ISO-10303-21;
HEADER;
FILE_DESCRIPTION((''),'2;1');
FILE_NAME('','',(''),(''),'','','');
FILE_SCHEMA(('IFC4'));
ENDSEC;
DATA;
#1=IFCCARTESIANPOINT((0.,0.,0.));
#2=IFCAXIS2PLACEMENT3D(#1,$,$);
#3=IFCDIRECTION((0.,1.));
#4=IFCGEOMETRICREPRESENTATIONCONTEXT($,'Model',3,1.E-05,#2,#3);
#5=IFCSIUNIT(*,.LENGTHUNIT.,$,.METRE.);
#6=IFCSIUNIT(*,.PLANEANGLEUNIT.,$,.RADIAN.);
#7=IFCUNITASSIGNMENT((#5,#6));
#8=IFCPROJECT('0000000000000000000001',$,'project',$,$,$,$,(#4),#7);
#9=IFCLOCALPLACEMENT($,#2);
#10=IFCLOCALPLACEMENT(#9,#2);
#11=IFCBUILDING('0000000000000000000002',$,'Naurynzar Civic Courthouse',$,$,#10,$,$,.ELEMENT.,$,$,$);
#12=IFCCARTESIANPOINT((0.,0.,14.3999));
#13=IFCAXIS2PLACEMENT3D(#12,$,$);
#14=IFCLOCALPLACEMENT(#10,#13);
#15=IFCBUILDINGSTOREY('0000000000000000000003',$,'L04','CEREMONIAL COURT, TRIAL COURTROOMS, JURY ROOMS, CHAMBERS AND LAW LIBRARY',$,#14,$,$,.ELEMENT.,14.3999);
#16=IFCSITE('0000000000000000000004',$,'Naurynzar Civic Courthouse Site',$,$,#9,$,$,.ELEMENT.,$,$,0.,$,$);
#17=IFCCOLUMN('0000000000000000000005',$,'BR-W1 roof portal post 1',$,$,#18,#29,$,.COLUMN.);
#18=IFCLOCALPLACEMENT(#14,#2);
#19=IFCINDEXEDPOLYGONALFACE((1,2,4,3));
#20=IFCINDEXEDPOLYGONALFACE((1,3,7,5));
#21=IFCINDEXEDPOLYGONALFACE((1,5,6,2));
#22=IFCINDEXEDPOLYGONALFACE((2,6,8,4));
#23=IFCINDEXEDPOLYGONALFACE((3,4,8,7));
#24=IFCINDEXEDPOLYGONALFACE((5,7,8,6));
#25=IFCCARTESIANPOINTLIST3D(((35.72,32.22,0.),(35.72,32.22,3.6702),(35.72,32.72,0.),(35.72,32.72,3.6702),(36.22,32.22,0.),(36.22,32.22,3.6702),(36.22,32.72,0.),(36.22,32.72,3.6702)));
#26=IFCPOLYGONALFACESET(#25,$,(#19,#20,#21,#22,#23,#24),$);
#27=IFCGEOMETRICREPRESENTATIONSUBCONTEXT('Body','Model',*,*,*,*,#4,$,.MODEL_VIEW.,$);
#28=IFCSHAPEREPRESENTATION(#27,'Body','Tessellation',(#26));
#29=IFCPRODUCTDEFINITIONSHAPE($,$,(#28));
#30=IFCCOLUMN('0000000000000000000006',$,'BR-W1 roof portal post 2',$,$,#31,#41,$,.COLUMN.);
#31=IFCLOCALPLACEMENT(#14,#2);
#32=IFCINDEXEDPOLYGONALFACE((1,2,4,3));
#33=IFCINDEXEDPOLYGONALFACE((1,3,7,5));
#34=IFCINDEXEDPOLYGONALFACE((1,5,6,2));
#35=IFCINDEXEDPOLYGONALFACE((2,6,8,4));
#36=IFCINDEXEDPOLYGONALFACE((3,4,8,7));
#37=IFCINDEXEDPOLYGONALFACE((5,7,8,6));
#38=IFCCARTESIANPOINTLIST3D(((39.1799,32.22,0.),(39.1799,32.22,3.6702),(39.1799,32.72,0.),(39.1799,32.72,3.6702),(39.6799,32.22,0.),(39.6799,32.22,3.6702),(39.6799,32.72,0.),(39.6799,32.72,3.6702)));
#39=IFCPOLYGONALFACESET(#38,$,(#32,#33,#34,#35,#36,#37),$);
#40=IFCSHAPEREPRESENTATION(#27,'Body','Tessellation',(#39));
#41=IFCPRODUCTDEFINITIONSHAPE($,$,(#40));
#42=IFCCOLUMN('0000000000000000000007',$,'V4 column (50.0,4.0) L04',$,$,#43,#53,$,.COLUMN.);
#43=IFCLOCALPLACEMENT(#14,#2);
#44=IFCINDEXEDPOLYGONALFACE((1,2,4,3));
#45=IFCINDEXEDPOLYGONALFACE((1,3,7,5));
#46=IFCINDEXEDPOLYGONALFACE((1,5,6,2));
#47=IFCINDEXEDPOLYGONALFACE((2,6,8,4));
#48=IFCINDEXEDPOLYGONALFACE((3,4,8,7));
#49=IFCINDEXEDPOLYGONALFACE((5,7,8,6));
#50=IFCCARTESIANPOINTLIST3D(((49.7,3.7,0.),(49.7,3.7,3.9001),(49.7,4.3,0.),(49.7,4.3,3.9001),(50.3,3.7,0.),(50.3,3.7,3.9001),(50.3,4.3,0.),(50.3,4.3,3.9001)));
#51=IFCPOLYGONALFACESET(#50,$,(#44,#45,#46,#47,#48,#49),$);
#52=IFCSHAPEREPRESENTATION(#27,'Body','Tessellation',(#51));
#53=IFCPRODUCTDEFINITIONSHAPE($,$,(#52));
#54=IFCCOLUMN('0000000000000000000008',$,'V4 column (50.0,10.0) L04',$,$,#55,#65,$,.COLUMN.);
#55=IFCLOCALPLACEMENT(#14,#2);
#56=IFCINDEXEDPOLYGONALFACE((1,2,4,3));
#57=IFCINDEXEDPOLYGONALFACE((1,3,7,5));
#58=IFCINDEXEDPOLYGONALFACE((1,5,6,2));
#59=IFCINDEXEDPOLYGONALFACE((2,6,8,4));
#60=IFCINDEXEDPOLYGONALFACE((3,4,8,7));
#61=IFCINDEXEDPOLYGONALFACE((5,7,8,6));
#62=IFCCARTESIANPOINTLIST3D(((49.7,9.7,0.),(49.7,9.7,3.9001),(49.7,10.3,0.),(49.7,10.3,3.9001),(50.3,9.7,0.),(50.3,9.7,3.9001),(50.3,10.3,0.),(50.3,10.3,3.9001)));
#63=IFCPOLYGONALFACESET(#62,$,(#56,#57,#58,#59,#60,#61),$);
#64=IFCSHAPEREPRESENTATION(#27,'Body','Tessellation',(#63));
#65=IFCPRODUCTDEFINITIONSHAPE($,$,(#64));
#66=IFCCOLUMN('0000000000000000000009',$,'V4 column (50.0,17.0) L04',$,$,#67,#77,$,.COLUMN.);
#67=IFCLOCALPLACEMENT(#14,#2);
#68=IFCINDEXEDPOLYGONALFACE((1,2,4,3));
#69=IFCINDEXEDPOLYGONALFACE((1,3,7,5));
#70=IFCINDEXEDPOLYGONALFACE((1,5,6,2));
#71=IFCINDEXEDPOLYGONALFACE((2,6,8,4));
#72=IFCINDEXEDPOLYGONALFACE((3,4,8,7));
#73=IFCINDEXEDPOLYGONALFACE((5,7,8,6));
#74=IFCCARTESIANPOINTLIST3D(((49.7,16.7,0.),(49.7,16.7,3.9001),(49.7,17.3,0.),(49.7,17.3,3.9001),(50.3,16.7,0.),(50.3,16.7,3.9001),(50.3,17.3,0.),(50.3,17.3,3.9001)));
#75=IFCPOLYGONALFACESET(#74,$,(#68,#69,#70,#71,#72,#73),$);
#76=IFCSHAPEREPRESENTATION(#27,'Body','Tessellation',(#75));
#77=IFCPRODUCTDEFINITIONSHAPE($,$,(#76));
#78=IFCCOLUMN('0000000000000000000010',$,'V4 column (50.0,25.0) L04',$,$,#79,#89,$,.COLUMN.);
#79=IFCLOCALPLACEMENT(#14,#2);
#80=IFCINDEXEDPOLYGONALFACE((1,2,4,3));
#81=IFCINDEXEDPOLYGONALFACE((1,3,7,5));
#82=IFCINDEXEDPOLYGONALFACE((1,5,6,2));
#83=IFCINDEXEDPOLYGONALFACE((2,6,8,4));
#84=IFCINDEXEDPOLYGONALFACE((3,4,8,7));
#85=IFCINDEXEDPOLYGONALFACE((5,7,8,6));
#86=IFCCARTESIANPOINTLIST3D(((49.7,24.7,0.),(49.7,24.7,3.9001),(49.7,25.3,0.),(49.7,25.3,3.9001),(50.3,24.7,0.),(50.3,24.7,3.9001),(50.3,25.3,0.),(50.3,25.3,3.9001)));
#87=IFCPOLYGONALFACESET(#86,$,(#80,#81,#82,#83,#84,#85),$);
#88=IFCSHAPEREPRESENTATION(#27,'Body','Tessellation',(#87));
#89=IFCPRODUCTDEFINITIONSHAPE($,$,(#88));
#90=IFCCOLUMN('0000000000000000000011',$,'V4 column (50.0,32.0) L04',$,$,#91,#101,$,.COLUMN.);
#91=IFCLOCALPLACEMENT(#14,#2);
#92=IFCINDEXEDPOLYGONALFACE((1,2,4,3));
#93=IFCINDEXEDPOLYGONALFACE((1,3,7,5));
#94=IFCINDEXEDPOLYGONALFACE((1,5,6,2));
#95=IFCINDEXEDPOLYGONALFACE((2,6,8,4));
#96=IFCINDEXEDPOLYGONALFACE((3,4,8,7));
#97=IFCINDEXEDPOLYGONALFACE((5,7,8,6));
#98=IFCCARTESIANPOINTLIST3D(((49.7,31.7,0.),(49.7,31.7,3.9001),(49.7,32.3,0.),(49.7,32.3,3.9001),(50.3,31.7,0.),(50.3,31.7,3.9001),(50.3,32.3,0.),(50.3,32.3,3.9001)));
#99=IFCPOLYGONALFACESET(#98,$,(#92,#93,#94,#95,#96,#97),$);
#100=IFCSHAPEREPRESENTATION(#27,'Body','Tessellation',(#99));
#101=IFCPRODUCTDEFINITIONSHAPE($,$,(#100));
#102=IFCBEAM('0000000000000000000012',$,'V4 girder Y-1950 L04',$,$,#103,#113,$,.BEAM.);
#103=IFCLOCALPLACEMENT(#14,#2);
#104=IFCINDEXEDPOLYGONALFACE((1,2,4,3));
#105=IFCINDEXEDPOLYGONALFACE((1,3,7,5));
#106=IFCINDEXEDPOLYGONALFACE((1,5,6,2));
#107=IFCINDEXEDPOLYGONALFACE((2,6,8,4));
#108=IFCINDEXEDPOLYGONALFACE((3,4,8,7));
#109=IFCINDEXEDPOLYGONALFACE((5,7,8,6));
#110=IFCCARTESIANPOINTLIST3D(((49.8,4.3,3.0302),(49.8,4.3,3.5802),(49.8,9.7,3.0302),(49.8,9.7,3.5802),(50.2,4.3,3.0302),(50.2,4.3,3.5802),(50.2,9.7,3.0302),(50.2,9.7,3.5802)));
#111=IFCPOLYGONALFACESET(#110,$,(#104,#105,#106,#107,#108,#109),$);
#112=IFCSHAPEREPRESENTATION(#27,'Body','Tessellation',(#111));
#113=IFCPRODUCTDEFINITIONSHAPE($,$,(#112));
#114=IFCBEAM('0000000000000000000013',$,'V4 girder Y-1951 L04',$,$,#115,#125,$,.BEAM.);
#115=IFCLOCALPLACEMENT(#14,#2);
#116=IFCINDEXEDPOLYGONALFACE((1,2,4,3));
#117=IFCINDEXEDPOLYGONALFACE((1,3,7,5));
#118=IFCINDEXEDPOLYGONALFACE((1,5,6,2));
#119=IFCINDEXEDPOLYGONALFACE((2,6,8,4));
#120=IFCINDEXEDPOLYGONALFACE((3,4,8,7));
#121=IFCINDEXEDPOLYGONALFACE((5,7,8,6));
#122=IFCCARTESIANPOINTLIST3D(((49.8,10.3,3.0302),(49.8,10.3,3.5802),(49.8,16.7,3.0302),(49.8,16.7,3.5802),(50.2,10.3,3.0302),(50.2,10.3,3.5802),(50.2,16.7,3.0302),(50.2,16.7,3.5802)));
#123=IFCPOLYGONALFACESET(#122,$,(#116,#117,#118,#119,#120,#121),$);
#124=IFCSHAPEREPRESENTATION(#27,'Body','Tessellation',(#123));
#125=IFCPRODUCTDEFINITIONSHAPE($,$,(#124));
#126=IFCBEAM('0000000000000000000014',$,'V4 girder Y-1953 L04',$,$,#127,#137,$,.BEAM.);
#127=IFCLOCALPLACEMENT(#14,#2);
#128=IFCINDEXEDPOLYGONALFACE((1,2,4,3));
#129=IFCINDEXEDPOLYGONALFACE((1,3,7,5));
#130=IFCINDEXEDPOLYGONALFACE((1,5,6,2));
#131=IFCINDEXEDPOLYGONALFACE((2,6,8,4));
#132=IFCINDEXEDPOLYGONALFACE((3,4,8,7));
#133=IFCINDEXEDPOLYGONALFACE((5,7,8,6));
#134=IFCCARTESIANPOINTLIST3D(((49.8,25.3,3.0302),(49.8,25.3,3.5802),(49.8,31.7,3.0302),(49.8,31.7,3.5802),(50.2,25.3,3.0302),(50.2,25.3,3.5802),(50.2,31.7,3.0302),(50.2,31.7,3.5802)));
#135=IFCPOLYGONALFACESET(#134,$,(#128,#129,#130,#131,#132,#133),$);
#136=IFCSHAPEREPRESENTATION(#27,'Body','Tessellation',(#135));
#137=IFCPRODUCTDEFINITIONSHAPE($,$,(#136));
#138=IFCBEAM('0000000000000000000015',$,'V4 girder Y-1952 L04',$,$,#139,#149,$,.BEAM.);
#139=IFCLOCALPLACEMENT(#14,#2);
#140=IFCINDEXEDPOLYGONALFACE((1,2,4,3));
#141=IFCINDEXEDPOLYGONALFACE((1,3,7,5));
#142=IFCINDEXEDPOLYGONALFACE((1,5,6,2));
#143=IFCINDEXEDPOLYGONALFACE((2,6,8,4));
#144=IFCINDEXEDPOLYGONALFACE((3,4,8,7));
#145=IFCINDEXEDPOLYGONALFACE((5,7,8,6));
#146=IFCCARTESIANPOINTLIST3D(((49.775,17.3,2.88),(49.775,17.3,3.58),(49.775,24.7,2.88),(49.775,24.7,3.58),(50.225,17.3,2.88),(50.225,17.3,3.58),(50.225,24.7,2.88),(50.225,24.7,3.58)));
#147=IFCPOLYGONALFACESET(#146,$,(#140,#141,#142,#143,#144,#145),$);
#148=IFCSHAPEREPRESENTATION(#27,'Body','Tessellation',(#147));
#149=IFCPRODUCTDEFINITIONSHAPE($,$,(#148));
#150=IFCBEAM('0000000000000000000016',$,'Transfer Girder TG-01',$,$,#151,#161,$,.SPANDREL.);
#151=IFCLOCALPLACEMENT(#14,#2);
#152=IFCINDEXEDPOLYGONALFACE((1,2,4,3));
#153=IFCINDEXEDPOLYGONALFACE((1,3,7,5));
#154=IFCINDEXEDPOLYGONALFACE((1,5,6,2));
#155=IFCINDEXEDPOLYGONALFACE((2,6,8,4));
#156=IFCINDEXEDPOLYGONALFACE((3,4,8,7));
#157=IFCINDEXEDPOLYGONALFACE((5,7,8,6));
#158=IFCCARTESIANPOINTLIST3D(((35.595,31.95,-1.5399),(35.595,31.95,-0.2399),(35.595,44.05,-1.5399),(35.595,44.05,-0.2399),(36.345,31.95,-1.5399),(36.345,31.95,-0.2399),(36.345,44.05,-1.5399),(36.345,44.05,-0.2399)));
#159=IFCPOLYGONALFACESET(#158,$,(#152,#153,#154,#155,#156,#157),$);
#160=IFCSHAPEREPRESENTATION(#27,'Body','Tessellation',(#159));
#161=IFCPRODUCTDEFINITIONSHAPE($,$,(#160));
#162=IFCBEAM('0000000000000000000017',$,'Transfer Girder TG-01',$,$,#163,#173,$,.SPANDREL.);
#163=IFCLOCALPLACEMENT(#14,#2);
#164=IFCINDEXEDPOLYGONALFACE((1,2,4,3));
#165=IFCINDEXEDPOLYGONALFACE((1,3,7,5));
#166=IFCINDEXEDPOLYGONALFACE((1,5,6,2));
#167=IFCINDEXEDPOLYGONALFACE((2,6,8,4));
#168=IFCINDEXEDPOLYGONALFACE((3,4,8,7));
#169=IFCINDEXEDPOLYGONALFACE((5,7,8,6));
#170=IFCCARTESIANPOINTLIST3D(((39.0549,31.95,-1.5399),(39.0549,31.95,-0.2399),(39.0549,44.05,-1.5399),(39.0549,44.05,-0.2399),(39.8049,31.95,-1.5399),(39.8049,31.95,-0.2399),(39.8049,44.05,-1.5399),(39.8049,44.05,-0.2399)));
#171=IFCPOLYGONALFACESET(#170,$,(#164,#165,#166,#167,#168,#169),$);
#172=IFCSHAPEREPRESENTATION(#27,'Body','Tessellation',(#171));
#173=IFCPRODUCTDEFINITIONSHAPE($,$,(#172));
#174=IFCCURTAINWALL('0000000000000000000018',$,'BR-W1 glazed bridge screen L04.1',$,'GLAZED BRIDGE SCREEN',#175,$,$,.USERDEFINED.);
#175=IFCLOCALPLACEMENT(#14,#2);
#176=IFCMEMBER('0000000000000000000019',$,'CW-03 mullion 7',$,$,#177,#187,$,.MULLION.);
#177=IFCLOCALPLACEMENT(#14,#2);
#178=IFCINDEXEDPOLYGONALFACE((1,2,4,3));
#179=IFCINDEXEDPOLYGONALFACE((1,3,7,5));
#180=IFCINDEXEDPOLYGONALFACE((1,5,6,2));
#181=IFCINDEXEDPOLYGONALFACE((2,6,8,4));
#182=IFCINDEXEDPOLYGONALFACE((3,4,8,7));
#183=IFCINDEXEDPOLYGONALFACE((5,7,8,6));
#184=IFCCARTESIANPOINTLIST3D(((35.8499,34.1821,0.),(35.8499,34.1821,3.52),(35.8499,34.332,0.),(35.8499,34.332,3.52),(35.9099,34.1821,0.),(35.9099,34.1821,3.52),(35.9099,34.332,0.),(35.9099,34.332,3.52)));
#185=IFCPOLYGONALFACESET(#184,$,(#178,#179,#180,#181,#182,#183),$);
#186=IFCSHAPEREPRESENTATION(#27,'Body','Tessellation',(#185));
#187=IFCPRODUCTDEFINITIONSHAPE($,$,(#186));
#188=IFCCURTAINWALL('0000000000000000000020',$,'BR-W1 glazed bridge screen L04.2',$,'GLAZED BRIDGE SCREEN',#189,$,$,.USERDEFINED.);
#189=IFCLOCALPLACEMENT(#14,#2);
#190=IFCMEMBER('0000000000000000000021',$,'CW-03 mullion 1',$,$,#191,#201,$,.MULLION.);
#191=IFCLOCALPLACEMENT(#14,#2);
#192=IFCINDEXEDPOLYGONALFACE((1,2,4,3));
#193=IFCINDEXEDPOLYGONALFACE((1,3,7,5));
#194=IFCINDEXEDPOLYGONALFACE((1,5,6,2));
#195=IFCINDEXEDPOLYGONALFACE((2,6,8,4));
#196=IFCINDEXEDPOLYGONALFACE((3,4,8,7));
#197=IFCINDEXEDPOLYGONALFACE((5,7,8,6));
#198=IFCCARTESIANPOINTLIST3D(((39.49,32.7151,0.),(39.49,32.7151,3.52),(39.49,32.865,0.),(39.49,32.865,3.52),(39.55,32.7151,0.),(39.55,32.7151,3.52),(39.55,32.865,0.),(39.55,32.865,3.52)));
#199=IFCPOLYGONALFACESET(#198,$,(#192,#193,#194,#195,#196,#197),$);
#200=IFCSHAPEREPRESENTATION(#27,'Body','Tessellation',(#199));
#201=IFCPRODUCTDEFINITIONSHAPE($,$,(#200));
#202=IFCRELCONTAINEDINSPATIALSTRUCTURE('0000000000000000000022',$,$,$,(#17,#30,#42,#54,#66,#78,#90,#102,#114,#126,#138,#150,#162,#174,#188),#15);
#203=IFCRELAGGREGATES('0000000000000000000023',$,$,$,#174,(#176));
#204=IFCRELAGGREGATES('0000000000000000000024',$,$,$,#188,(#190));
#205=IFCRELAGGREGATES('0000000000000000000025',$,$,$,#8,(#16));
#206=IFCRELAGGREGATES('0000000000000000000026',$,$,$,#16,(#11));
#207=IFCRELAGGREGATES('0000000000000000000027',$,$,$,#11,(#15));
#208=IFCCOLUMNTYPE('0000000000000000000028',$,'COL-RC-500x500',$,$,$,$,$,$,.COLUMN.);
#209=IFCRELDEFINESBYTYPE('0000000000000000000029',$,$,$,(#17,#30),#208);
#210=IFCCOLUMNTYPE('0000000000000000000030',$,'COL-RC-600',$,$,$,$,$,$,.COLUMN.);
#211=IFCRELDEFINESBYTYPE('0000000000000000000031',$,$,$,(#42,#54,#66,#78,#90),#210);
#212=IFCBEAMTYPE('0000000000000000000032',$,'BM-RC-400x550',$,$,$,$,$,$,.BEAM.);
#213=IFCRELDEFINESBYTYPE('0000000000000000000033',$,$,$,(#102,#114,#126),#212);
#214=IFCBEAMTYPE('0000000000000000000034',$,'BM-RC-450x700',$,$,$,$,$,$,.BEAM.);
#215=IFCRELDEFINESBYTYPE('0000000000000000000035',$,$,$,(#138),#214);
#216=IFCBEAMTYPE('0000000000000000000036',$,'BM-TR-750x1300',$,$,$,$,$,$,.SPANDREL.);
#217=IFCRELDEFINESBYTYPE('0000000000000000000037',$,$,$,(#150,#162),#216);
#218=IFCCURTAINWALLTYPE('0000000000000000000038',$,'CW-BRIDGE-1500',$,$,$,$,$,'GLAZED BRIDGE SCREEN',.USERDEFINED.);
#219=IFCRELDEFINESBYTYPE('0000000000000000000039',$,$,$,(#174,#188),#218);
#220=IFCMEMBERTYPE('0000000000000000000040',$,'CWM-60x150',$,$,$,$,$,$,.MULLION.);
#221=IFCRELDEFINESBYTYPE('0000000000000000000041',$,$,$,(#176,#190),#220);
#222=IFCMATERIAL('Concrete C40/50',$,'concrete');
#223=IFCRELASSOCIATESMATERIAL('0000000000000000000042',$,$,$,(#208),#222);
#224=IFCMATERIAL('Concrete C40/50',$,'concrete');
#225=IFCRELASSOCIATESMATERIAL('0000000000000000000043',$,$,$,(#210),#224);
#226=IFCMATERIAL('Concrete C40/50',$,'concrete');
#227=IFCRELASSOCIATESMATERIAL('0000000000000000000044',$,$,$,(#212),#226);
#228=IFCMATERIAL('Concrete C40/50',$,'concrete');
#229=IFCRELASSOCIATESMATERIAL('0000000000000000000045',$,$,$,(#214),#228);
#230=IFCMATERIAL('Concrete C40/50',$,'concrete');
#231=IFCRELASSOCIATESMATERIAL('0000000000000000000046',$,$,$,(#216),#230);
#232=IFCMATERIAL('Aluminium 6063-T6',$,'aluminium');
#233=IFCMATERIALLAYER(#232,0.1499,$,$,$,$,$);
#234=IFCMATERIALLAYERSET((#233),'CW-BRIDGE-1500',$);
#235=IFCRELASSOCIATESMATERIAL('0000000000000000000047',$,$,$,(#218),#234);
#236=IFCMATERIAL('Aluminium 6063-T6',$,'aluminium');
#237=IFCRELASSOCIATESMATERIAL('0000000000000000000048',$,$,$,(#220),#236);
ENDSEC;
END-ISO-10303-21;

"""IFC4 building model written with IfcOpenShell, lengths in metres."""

from ifc_helpers import new_model, si_unit, direction, frame, origin, origin_2d, place, context, subcontext, project, spatial, rectangle, extrude, material, layer, layer_set, material_profile, profile_set, type_object, element, aggregate, save


model = new_model("IFC4")

# Units and contexts
model_context = context("Model", 3, precision=1e-05, world=origin(), true_north=direction((0.0, 1.0)))
body_context = subcontext(model_context, "Body", "Model", "MODEL_VIEW")
ifc_project = project(units=[si_unit("LENGTHUNIT", "METRE"), si_unit("PLANEANGLEUNIT", "RADIAN")], contexts=[model_context])

# Site, building, storey
site_placement = place(None, origin())
site = spatial("IfcSite", under=ifc_project, at=site_placement, Name="Naurynzar Civic Courthouse Site", CompositionType="ELEMENT", RefElevation=0.0)
building_placement = place(site_placement, origin())
building = spatial("IfcBuilding", under=site, at=building_placement, Name="Naurynzar Civic Courthouse", CompositionType="ELEMENT")
storey_placement = place(building_placement, frame((0.0, 0.0, 14.3999)))
storey = spatial("IfcBuildingStorey", under=building, at=storey_placement, Name="L04", Description="CEREMONIAL COURT, TRIAL COURTROOMS, JURY ROOMS, CHAMBERS AND LAW LIBRARY", CompositionType="ELEMENT", Elevation=14.3999)

# Columns
ifc_material_1 = material(Name="Concrete C40/50", Category="concrete")
ifc_material_profile_1 = material_profile(ifc_material_1, rectangle(XDim=0.5, YDim=0.5, at=origin_2d()), Name="RC 500x500")
ifc_profile_set_1 = profile_set([ifc_material_profile_1], Name="Concrete C40/50")
column_type_1 = type_object("IfcColumnType", Name="COL-RC-500x500", PredefinedType="COLUMN", material=ifc_profile_set_1)
for number, where, z_axis, x_axis, name in (
    (1, (35.97, 32.47, 0.0), (0.0, 0.0, 1.0), (1.0, 0.0, 0.0), "BR-W1 roof portal post 1"),
    (2, (39.4299, 32.47, 0.0), (0.0, 0.0, 1.0), (1.0, 0.0, 0.0), "BR-W1 roof portal post 2"),
):
    element("IfcColumn", number, at=place(storey_placement, frame(where, z_axis=z_axis, x_axis=x_axis)), inside=storey, type_object=column_type_1, Name=name, PredefinedType="COLUMN", context=body_context, shape_type="SweptSolid", body=[
        extrude(rectangle(XDim=0.5, YDim=0.5, at=origin_2d()), origin(), (0.0, 0.0, 1.0), 3.6702),
    ])
ifc_material_2 = material(Name="Concrete C40/50", Category="concrete")
ifc_material_profile_2 = material_profile(ifc_material_2, rectangle(XDim=0.6001, YDim=0.6001, at=origin_2d()), Name="RC 600x600")
ifc_profile_set_2 = profile_set([ifc_material_profile_2], Name="Concrete C40/50")
column_type_2 = type_object("IfcColumnType", Name="COL-RC-600", PredefinedType="COLUMN", material=ifc_profile_set_2)
for number, where, z_axis, x_axis, name in (
    (3, (50.0, 4.0, 0.0), (0.0, 0.0, 1.0), (1.0, 0.0, 0.0), "V4 column (50.0,4.0) L04"),
    (4, (50.0, 10.0, 0.0), (0.0, 0.0, 1.0), (1.0, 0.0, 0.0), "V4 column (50.0,10.0) L04"),
    (5, (50.0, 17.0, 0.0), (0.0, 0.0, 1.0), (1.0, 0.0, 0.0), "V4 column (50.0,17.0) L04"),
    (6, (50.0, 25.0, 0.0), (0.0, 0.0, 1.0), (1.0, 0.0, 0.0), "V4 column (50.0,25.0) L04"),
    (7, (50.0, 32.0, 0.0), (0.0, 0.0, 1.0), (1.0, 0.0, 0.0), "V4 column (50.0,32.0) L04"),
):
    element("IfcColumn", number, at=place(storey_placement, frame(where, z_axis=z_axis, x_axis=x_axis)), inside=storey, type_object=column_type_2, Name=name, PredefinedType="COLUMN", context=body_context, shape_type="SweptSolid", body=[
        extrude(rectangle(XDim=0.6001, YDim=0.6001, at=origin_2d()), origin(), (0.0, 0.0, 1.0), 3.9001),
    ])

# Beams
ifc_material_3 = material(Name="Concrete C40/50", Category="concrete")
ifc_material_profile_3 = material_profile(ifc_material_3, rectangle(XDim=0.3999, YDim=0.55, at=origin_2d()), Name="RCB 400x550")
ifc_profile_set_3 = profile_set([ifc_material_profile_3], Name="Concrete C40/50")
beam_type_1 = type_object("IfcBeamType", Name="BM-RC-400x550", PredefinedType="BEAM", material=ifc_profile_set_3)
beam_1_placement = place(storey_placement, frame((50.0, 4.3, 3.3052), z_axis=(0.0, 1.0, 0.0), x_axis=(-1.0, 0.0, 0.0)))
element("IfcBeam", 8, at=beam_1_placement, inside=storey, type_object=beam_type_1, Name="V4 girder Y-1950 L04", PredefinedType="BEAM", context=body_context, shape_type="SweptSolid", body=[
    extrude(rectangle(XDim=0.3999, YDim=0.55, at=origin_2d()), origin(), (0.0, 0.0, 1.0), 5.3999),
])
for number, where, z_axis, x_axis, name in (
    (9, (50.0, 10.3, 3.3052), (0.0, 1.0, 0.0), (-1.0, 0.0, 0.0), "V4 girder Y-1951 L04"),
    (10, (50.0, 25.3, 3.3052), (0.0, 1.0, 0.0), (-1.0, 0.0, 0.0), "V4 girder Y-1953 L04"),
):
    element("IfcBeam", number, at=place(storey_placement, frame(where, z_axis=z_axis, x_axis=x_axis)), inside=storey, type_object=beam_type_1, Name=name, PredefinedType="BEAM", context=body_context, shape_type="SweptSolid", body=[
        extrude(rectangle(XDim=0.3999, YDim=0.55, at=origin_2d()), origin(), (0.0, 0.0, 1.0), 6.3999),
    ])
ifc_material_4 = material(Name="Concrete C40/50", Category="concrete")
ifc_material_profile_4 = material_profile(ifc_material_4, rectangle(XDim=0.45, YDim=0.7, at=origin_2d()), Name="RCB 450x700")
ifc_profile_set_4 = profile_set([ifc_material_profile_4], Name="Concrete C40/50")
beam_type_2 = type_object("IfcBeamType", Name="BM-RC-450x700", PredefinedType="BEAM", material=ifc_profile_set_4)
beam_2_placement = place(storey_placement, frame((50.0, 17.3, 3.23), z_axis=(0.0, 1.0, 0.0), x_axis=(-1.0, 0.0, 0.0)))
element("IfcBeam", 11, at=beam_2_placement, inside=storey, type_object=beam_type_2, Name="V4 girder Y-1952 L04", PredefinedType="BEAM", context=body_context, shape_type="SweptSolid", body=[
    extrude(rectangle(XDim=0.45, YDim=0.7, at=origin_2d()), origin(), (0.0, 0.0, 1.0), 7.3999),
])
ifc_material_5 = material(Name="Concrete C40/50", Category="concrete")
ifc_material_profile_5 = material_profile(ifc_material_5, rectangle(XDim=0.75, YDim=1.3, at=origin_2d()), Name="RCT 750x1300")
ifc_profile_set_5 = profile_set([ifc_material_profile_5], Name="Concrete C40/50")
beam_type_3 = type_object("IfcBeamType", Name="BM-TR-750x1300", PredefinedType="SPANDREL", material=ifc_profile_set_5)
for number, where, z_axis, x_axis, name in (
    (12, (35.97, 31.95, -0.8899), (0.0, 1.0, 0.0), (-1.0, 0.0, 0.0), "Transfer Girder TG-01"),
    (13, (39.4299, 31.95, -0.8899), (0.0, 1.0, 0.0), (-1.0, 0.0, 0.0), "Transfer Girder TG-01"),
):
    element("IfcBeam", number, at=place(storey_placement, frame(where, z_axis=z_axis, x_axis=x_axis)), inside=storey, type_object=beam_type_3, Name=name, PredefinedType="SPANDREL", context=body_context, shape_type="SweptSolid", body=[
        extrude(rectangle(XDim=0.75, YDim=1.3, at=origin_2d()), origin(), (0.0, 0.0, 1.0), 12.1001),
    ])

# Curtain wall, member
ifc_material_6 = material(Name="Aluminium 6063-T6", Category="aluminium")
ifc_layer_1 = layer(ifc_material_6, 0.1499)
ifc_layer_set_1 = layer_set([ifc_layer_1], Name="CW-BRIDGE-1500")
curtain_wall_type = type_object("IfcCurtainWallType", Name="CW-BRIDGE-1500", ElementType="GLAZED BRIDGE SCREEN", PredefinedType="USERDEFINED", material=ifc_layer_set_1)
curtain_wall_1_placement = place(storey_placement, origin())
curtain_wall_1 = element("IfcCurtainWall", 14, at=curtain_wall_1_placement, inside=storey, type_object=curtain_wall_type, Name="BR-W1 glazed bridge screen L04.1", ObjectType="GLAZED BRIDGE SCREEN", PredefinedType="USERDEFINED")
ifc_material_7 = material(Name="Aluminium 6063-T6", Category="aluminium")
ifc_material_profile_6 = material_profile(ifc_material_7, rectangle(XDim=0.0601, YDim=0.1499, at=origin_2d()), Name="ALU MULLION 60x150")
ifc_profile_set_6 = profile_set([ifc_material_profile_6], Name="Aluminium 6063-T6")
member_type_1 = type_object("IfcMemberType", Name="CWM-60x150", PredefinedType="MULLION", material=ifc_profile_set_6)
member_1_placement = place(storey_placement, frame((35.8799, 34.2571, 0.0), z_axis=(0.0, 0.0, 1.0), x_axis=(1.0, 0.0, 0.0)))
member_1 = element("IfcMember", 15, at=member_1_placement, type_object=member_type_1, Name="CW-03 mullion 7", PredefinedType="MULLION", context=body_context, shape_type="SweptSolid", body=[
    extrude(rectangle(XDim=0.0601, YDim=0.1499, at=origin_2d()), origin(), (0.0, 0.0, 1.0), 3.52),
])

# Curtain wall, member
curtain_wall_2_placement = place(storey_placement, origin())
curtain_wall_2 = element("IfcCurtainWall", 16, at=curtain_wall_2_placement, inside=storey, type_object=curtain_wall_type, Name="BR-W1 glazed bridge screen L04.2", ObjectType="GLAZED BRIDGE SCREEN", PredefinedType="USERDEFINED")
member_2_placement = place(storey_placement, frame((39.52, 32.79, 0.0), z_axis=(0.0, 0.0, 1.0), x_axis=(-1.0, 0.0, 0.0)))
member_2 = element("IfcMember", 17, at=member_2_placement, type_object=member_type_1, Name="CW-03 mullion 1", PredefinedType="MULLION", context=body_context, shape_type="SweptSolid", body=[
    extrude(rectangle(XDim=0.0601, YDim=0.1499, at=origin_2d()), origin(), (0.0, 0.0, 1.0), 3.52),
])

aggregate(curtain_wall_1, [member_1])
aggregate(curtain_wall_2, [member_2])

save(model, "model.ifc")
